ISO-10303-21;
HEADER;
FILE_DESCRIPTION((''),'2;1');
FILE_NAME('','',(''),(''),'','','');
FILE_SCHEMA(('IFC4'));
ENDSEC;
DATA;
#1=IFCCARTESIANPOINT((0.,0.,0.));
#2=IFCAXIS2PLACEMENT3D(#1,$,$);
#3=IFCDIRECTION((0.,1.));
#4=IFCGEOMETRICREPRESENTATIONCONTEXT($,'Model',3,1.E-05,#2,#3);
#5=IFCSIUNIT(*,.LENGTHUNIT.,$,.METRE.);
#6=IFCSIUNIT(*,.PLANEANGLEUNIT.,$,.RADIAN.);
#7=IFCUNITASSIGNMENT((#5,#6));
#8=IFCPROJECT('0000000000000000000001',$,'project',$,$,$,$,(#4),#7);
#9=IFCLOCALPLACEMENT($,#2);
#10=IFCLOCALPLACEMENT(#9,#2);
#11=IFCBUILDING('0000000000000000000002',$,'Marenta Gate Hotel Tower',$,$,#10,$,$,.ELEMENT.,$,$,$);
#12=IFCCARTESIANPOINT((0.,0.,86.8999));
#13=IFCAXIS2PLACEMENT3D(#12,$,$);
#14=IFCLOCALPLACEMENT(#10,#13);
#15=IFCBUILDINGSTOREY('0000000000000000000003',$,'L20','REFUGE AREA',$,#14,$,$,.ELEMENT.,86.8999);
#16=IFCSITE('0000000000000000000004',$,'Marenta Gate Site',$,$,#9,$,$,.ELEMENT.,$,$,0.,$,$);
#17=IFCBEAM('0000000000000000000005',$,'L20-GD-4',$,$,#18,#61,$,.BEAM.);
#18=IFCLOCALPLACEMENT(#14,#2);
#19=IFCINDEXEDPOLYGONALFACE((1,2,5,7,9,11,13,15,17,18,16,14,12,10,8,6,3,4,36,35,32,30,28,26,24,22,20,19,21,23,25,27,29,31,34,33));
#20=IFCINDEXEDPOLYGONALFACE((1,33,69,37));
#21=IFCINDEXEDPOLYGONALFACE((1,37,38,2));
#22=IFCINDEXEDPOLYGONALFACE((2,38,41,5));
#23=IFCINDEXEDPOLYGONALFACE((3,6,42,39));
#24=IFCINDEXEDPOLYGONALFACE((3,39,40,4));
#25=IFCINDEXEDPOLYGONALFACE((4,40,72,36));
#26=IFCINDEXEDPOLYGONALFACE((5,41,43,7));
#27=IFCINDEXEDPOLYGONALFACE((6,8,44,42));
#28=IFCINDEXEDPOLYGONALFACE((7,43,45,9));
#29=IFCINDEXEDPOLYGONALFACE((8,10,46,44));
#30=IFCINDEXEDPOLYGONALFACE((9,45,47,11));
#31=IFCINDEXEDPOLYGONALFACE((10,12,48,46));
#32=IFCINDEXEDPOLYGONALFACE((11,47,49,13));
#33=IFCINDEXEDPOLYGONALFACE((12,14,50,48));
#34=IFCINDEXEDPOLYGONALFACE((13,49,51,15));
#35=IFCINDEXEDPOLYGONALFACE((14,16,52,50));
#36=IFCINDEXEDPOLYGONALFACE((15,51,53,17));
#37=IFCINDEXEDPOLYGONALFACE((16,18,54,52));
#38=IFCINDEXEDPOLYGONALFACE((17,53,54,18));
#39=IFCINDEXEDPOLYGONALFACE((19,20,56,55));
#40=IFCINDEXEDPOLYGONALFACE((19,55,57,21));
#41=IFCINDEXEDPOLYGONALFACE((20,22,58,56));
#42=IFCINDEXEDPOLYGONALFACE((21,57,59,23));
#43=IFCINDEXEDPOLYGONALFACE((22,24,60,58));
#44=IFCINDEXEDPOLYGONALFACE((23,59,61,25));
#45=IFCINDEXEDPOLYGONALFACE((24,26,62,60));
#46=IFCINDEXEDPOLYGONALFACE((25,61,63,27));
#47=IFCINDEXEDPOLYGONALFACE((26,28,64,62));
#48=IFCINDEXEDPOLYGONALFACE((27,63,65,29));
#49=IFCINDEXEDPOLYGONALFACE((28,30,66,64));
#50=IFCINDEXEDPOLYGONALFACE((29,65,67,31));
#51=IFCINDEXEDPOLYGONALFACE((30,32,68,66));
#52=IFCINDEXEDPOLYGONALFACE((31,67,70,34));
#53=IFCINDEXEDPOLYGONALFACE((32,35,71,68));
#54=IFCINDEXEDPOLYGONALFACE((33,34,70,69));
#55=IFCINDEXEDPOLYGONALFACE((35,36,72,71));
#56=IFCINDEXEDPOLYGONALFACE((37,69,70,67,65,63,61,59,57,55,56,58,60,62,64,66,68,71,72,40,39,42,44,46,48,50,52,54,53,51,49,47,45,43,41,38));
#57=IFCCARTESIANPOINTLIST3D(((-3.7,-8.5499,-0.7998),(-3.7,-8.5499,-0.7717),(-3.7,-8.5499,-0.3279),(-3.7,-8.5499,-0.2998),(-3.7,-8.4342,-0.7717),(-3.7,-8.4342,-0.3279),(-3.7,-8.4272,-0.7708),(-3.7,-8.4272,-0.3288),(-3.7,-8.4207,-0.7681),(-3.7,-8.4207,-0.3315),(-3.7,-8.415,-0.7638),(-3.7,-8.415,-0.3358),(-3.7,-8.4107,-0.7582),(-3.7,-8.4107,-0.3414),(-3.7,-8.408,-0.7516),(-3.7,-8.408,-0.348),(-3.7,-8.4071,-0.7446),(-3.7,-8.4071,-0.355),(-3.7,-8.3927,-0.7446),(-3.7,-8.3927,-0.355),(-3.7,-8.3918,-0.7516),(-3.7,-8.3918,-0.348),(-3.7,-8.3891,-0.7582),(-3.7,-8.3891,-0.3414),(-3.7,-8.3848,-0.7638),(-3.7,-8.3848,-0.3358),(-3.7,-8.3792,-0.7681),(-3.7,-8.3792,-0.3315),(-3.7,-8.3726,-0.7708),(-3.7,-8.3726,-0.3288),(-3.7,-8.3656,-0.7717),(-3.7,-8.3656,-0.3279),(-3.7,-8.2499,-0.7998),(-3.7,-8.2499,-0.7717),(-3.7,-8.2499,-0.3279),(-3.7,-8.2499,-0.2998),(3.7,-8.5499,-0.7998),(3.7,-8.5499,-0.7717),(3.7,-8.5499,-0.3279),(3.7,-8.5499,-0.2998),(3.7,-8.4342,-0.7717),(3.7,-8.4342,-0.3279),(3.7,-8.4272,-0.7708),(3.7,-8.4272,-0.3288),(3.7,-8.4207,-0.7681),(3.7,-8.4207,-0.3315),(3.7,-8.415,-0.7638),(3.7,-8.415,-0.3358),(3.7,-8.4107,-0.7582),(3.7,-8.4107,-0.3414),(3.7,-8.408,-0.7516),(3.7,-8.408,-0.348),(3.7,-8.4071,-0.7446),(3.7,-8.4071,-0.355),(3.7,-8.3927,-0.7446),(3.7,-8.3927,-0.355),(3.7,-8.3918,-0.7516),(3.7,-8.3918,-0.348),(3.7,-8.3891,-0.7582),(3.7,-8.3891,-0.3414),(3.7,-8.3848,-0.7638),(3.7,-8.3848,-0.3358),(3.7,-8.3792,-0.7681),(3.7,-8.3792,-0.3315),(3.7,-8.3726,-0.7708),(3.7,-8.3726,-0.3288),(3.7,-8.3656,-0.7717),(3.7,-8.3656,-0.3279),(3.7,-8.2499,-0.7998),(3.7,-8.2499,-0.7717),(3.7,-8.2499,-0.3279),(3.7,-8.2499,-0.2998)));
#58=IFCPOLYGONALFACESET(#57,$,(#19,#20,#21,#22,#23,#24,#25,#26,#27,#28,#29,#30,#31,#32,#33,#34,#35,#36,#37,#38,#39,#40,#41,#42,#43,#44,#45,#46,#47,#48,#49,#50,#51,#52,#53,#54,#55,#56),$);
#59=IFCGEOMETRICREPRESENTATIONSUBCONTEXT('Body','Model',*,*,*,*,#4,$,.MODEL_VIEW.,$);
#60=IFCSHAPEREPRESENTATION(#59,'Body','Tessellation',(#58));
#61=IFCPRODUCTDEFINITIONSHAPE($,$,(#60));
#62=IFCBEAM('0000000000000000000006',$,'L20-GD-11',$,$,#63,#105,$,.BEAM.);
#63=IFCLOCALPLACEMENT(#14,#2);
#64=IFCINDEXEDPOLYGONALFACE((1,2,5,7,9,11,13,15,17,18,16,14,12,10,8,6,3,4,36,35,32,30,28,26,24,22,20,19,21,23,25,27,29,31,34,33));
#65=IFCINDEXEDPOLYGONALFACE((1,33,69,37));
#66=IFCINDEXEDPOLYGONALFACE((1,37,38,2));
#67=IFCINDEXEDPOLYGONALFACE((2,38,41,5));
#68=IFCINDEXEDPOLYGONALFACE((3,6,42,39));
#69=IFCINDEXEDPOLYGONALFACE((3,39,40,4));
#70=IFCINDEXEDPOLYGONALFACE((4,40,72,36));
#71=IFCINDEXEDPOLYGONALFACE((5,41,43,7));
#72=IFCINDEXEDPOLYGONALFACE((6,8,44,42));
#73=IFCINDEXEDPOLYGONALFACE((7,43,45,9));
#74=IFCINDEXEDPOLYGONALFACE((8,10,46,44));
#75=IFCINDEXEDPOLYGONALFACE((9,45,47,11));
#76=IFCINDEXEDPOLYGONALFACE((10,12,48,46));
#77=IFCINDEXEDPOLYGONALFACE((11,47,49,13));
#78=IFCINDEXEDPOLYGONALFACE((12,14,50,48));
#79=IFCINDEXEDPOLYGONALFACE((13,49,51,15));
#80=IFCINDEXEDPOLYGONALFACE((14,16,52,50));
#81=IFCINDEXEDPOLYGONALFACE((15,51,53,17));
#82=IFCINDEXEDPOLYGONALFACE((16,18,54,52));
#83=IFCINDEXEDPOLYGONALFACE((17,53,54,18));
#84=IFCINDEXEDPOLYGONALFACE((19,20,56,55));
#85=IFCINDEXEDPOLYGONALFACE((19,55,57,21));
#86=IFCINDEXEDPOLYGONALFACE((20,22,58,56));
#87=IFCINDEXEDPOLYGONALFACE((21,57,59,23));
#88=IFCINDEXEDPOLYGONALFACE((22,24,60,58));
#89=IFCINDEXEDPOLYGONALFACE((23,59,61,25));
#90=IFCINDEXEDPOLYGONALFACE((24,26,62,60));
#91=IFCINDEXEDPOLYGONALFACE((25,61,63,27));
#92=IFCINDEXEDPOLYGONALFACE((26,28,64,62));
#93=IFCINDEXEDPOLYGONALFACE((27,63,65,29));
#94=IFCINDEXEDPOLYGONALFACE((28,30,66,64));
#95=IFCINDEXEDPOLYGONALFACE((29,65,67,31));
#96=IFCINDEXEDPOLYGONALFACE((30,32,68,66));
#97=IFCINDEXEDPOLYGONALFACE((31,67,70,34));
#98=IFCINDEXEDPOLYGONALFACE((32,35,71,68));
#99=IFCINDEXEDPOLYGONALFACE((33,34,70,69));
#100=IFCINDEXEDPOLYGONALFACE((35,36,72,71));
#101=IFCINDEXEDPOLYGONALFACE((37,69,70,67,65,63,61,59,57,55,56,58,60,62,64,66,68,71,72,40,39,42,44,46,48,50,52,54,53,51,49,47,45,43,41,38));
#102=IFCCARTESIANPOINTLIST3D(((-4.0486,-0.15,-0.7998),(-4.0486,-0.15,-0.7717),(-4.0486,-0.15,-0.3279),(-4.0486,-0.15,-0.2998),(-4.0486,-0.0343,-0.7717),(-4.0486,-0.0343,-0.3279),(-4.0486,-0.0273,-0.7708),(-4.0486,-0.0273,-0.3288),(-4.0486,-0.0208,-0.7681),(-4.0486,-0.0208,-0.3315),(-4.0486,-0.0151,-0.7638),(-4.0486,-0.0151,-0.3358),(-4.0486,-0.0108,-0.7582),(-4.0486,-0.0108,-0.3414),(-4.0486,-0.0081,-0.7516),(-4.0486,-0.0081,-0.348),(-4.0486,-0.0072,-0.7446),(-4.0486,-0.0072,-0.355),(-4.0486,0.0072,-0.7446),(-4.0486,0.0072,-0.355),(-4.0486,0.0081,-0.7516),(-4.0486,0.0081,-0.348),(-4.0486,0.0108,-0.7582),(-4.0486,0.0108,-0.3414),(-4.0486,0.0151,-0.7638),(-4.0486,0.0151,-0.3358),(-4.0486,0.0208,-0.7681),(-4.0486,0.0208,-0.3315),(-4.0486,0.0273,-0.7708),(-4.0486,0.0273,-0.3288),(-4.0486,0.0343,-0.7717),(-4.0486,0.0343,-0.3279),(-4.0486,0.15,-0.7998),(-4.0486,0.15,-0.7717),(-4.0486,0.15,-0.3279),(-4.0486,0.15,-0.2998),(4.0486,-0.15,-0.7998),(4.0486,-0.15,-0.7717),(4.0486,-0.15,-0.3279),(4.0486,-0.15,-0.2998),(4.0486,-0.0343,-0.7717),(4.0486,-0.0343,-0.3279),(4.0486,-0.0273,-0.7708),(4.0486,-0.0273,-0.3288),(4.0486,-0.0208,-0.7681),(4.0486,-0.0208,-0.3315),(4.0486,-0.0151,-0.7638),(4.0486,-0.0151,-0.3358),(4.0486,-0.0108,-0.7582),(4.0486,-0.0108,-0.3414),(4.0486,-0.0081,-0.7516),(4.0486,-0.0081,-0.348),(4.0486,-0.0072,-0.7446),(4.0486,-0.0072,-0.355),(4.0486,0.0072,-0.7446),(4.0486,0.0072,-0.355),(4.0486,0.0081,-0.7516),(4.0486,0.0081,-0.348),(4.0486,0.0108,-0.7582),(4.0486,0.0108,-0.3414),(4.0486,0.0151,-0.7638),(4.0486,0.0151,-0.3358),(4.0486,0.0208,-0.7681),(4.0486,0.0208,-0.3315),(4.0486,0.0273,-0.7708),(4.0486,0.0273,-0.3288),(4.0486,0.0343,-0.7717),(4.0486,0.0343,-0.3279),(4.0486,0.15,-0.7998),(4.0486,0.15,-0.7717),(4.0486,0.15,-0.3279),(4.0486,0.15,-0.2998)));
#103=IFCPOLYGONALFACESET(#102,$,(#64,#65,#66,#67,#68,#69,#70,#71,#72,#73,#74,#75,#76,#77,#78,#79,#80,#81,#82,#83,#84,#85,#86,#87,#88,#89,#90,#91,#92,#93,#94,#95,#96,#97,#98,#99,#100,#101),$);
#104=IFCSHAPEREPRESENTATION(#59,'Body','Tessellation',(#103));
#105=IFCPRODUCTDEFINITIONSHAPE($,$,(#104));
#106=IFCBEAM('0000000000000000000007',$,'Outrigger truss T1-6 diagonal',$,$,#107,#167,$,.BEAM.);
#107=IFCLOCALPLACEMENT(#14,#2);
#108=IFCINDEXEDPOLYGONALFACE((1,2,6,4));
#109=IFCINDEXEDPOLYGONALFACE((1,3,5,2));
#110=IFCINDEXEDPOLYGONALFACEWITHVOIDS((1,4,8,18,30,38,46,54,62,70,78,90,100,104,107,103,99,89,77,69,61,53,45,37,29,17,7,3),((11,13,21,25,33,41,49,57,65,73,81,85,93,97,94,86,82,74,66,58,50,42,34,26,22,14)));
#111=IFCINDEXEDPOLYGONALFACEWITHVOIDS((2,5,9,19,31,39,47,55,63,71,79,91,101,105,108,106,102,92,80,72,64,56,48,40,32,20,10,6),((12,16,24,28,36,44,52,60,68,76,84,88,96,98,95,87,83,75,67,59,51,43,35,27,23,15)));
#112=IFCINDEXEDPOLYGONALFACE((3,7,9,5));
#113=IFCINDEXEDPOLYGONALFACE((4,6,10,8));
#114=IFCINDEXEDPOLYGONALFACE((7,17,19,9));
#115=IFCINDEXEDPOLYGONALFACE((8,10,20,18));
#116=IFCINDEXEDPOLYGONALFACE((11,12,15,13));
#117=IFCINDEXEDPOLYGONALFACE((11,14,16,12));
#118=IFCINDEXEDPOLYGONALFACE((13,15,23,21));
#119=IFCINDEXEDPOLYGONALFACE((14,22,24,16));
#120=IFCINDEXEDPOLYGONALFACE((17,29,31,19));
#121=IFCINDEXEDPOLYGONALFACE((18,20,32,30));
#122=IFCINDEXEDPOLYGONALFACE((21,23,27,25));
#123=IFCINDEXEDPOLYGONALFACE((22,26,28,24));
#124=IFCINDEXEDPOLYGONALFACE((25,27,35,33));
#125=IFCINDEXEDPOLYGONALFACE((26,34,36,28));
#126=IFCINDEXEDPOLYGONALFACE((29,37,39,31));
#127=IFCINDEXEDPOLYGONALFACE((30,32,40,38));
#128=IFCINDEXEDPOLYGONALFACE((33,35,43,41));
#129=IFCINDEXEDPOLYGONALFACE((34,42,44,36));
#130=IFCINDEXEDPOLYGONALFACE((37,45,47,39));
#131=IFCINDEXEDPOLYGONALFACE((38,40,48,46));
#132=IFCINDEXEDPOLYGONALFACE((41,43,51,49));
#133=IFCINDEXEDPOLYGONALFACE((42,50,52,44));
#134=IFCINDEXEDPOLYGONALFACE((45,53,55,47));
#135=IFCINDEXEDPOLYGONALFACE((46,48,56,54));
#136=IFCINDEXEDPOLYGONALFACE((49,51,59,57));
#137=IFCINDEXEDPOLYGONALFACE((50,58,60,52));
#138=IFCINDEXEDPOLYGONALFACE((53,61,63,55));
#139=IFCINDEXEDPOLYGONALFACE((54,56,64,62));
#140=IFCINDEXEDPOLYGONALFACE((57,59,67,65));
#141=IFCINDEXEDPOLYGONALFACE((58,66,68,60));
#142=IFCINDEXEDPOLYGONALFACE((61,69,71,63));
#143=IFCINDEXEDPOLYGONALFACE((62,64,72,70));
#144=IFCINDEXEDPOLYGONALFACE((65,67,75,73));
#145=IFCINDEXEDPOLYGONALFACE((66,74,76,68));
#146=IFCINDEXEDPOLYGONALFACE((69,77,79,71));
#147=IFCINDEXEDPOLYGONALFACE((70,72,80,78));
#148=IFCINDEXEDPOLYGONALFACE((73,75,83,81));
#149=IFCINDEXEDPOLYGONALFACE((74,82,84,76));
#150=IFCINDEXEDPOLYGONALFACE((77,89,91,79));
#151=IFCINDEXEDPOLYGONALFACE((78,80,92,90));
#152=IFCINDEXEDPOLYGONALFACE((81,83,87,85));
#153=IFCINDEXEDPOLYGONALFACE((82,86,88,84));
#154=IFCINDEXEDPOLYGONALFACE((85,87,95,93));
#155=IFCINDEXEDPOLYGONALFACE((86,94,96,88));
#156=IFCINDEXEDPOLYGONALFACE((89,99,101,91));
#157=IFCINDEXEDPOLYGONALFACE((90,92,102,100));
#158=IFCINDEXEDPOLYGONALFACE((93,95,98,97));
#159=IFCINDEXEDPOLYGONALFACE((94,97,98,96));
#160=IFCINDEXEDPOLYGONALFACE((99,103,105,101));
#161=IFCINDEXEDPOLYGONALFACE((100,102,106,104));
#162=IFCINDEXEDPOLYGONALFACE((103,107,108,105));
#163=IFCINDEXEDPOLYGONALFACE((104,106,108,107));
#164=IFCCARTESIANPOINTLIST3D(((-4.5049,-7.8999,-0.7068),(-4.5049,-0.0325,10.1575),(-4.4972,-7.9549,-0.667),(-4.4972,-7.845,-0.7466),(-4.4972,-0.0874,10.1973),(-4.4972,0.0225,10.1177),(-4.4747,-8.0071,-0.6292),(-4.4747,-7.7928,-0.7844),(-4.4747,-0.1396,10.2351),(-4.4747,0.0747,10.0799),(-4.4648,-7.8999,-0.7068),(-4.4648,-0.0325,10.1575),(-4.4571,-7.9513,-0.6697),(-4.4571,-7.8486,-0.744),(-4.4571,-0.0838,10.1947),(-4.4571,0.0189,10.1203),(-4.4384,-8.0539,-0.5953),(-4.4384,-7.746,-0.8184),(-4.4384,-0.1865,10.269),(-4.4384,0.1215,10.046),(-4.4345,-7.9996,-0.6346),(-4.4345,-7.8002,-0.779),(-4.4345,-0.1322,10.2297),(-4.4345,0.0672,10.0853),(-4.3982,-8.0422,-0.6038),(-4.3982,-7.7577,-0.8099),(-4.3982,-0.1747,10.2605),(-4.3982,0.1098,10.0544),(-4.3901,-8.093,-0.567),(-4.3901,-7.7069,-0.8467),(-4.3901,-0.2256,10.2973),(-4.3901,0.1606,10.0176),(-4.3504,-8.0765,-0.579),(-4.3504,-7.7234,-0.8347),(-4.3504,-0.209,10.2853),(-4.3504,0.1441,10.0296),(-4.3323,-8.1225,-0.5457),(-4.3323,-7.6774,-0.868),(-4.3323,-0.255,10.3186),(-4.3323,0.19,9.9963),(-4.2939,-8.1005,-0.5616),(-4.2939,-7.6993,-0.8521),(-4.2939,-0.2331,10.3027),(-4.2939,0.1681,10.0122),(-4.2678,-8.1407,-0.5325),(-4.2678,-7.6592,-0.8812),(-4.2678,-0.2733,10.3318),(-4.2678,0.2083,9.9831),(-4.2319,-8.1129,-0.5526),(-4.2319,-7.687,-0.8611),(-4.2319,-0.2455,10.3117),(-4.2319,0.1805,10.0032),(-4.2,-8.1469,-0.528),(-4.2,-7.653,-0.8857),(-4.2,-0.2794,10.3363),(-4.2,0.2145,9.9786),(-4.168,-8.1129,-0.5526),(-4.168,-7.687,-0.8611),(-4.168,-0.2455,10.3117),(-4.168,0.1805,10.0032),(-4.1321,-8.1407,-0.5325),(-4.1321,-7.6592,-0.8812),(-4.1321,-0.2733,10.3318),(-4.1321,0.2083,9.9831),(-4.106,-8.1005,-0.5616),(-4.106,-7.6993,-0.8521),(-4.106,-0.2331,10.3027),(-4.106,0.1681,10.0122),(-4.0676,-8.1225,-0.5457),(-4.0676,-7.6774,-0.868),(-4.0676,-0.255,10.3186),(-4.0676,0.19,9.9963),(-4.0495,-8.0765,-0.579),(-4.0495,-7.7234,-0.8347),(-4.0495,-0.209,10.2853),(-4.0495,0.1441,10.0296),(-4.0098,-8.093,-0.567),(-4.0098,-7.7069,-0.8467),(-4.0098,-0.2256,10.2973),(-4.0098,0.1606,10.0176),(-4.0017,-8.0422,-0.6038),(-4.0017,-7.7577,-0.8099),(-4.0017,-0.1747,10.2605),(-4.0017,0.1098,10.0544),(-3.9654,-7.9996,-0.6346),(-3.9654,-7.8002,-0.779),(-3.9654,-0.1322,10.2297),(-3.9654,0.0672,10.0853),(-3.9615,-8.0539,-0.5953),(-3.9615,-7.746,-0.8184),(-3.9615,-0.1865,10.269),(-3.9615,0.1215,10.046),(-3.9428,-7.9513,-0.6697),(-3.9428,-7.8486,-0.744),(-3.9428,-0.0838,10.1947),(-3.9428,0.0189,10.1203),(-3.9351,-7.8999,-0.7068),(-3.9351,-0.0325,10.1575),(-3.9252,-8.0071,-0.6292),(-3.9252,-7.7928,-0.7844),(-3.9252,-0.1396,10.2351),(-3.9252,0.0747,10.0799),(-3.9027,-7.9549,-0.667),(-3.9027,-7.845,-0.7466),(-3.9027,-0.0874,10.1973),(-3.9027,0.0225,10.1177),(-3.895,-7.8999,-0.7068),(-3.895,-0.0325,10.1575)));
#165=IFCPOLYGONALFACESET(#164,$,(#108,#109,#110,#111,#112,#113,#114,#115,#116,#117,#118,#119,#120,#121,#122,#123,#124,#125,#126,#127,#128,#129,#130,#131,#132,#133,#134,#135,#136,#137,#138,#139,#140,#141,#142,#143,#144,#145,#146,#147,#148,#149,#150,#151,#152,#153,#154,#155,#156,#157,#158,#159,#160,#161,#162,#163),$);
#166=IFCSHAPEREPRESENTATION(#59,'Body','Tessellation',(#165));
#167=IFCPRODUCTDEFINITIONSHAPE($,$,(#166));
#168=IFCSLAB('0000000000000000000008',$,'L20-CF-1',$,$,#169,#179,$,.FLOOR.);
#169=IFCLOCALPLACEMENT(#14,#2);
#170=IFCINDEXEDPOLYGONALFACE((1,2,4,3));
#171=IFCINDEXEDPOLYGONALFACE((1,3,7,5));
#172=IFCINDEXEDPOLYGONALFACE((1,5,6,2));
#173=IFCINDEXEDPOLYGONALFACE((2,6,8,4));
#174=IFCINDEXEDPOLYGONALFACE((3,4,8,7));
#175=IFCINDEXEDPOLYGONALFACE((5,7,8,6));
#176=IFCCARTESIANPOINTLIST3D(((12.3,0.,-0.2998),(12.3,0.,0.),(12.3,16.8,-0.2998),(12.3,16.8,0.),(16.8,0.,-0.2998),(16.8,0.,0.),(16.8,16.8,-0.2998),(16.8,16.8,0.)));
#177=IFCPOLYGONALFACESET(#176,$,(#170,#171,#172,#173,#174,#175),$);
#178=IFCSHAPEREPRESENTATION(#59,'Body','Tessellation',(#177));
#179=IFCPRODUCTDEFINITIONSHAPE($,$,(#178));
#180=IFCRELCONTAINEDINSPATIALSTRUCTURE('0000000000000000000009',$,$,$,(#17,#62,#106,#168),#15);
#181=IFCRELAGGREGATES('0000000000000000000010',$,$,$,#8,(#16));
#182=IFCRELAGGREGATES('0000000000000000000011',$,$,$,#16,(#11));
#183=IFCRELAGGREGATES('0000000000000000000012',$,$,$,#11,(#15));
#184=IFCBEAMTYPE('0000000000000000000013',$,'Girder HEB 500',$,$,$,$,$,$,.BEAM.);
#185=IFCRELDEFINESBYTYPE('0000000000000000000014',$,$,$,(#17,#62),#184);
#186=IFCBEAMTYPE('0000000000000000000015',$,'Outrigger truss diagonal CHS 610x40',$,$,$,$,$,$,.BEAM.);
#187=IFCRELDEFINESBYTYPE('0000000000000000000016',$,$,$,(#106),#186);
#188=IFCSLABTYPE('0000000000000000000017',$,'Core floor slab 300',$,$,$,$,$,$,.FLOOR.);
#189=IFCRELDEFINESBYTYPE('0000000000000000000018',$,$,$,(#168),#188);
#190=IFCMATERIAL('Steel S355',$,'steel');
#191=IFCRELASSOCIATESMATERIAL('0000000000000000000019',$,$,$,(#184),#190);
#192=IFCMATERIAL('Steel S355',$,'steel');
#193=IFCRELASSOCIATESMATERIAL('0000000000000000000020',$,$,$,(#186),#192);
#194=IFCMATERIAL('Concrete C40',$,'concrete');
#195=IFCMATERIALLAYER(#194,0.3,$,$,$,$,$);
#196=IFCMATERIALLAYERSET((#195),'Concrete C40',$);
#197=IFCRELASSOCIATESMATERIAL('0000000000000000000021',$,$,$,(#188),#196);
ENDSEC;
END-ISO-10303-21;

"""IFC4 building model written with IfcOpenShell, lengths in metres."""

from ifc_helpers import new_model, si_unit, direction, frame, origin, origin_2d, place, context, subcontext, project, spatial, polyline, hollow_circle, i_section, outline, extrude, material, layer, layer_set, material_profile, profile_set, type_object, element, save


model = new_model("IFC4")

# Units and contexts
model_context = context("Model", 3, precision=1e-05, world=origin(), true_north=direction((0.0, 1.0)))
body_context = subcontext(model_context, "Body", "Model", "MODEL_VIEW")
ifc_project = project(units=[si_unit("LENGTHUNIT", "METRE"), si_unit("PLANEANGLEUNIT", "RADIAN")], contexts=[model_context])

# Site, building, storey
site_placement = place(None, origin())
site = spatial("IfcSite", under=ifc_project, at=site_placement, Name="Marenta Gate Site", CompositionType="ELEMENT", RefElevation=0.0)
building_placement = place(site_placement, origin())
building = spatial("IfcBuilding", under=site, at=building_placement, Name="Marenta Gate Hotel Tower", CompositionType="ELEMENT")
storey_placement = place(building_placement, frame((0.0, 0.0, 86.8999)))
storey = spatial("IfcBuildingStorey", under=building, at=storey_placement, Name="L20", Description="REFUGE AREA", CompositionType="ELEMENT", Elevation=86.8999)

# Beams
ifc_material_1 = material(Name="Steel S355", Category="steel")
ifc_material_profile_1 = material_profile(ifc_material_1, i_section(OverallWidth=0.3, OverallDepth=0.5, WebThickness=0.0144, FlangeThickness=0.0281, FilletRadius=0.0271, at=origin_2d()), Name="HEB 500")
ifc_profile_set_1 = profile_set([ifc_material_profile_1], Name="Steel S355")
beam_type_1 = type_object("IfcBeamType", Name="Girder HEB 500", PredefinedType="BEAM", material=ifc_profile_set_1)
beam_1_placement = place(storey_placement, frame((-3.7, -8.3999, -0.5498), z_axis=(1.0, 0.0, 0.0), x_axis=(0.0, 1.0, 0.0)))
element("IfcBeam", 1, at=beam_1_placement, inside=storey, type_object=beam_type_1, Name="L20-GD-4", PredefinedType="BEAM", context=body_context, shape_type="SweptSolid", body=[
    extrude(i_section(OverallWidth=0.3, OverallDepth=0.5, WebThickness=0.0144, FlangeThickness=0.0281, FilletRadius=0.0271, at=origin_2d()), origin(), (0.0, 0.0, 1.0), 7.3999),
])
beam_2_placement = place(storey_placement, frame((-4.0486, 0.0, -0.5498), z_axis=(1.0, 0.0, 0.0), x_axis=(0.0, 1.0, 0.0)))
element("IfcBeam", 2, at=beam_2_placement, inside=storey, type_object=beam_type_1, Name="L20-GD-11", PredefinedType="BEAM", context=body_context, shape_type="SweptSolid", body=[
    extrude(i_section(OverallWidth=0.3, OverallDepth=0.5, WebThickness=0.0144, FlangeThickness=0.0281, FilletRadius=0.0271, at=origin_2d()), origin(), (0.0, 0.0, 1.0), 8.0972),
])
ifc_material_2 = material(Name="Steel S355", Category="steel")
ifc_material_profile_2 = material_profile(ifc_material_2, hollow_circle(Radius=0.3049, WallThickness=0.04, at=origin_2d()), Name="CHS 610x40")
ifc_profile_set_2 = profile_set([ifc_material_profile_2], Name="Steel S355")
beam_type_2 = type_object("IfcBeamType", Name="Outrigger truss diagonal CHS 610x40", PredefinedType="BEAM", material=ifc_profile_set_2)
beam_3_placement = place(storey_placement, frame((-4.2, -0.0325, 10.1575), z_axis=(0.0, -0.58652, -0.809935), x_axis=(1.0, 0.0, 0.0)))
element("IfcBeam", 3, at=beam_3_placement, inside=storey, type_object=beam_type_2, Name="Outrigger truss T1-6 diagonal", PredefinedType="BEAM", context=body_context, shape_type="SweptSolid", body=[
    extrude(hollow_circle(Radius=0.3049, WallThickness=0.04, at=origin_2d()), origin(), (0.0, 0.0, 1.0), 13.4138),
])

# Slab
ifc_material_3 = material(Name="Concrete C40", Category="concrete")
ifc_layer_1 = layer(ifc_material_3, 0.3)
ifc_layer_set_1 = layer_set([ifc_layer_1], Name="Concrete C40")
slab_type_1 = type_object("IfcSlabType", Name="Core floor slab 300", PredefinedType="FLOOR", material=ifc_layer_set_1)
slab_1_placement = place(storey_placement, frame((0.0, 0.0, -0.2998)))
element("IfcSlab", 4, at=slab_1_placement, inside=storey, type_object=slab_type_1, Name="L20-CF-1", PredefinedType="FLOOR", context=body_context, shape_type="SweptSolid", body=[
    extrude(outline(polyline([(12.3, 0.0), (12.3, 16.8), (16.8, 16.8), (16.8, 0.0), (12.3, 0.0)])), origin(), (0.0, 0.0, 1.0), 0.2998),
])

save(model, "model.ifc")
